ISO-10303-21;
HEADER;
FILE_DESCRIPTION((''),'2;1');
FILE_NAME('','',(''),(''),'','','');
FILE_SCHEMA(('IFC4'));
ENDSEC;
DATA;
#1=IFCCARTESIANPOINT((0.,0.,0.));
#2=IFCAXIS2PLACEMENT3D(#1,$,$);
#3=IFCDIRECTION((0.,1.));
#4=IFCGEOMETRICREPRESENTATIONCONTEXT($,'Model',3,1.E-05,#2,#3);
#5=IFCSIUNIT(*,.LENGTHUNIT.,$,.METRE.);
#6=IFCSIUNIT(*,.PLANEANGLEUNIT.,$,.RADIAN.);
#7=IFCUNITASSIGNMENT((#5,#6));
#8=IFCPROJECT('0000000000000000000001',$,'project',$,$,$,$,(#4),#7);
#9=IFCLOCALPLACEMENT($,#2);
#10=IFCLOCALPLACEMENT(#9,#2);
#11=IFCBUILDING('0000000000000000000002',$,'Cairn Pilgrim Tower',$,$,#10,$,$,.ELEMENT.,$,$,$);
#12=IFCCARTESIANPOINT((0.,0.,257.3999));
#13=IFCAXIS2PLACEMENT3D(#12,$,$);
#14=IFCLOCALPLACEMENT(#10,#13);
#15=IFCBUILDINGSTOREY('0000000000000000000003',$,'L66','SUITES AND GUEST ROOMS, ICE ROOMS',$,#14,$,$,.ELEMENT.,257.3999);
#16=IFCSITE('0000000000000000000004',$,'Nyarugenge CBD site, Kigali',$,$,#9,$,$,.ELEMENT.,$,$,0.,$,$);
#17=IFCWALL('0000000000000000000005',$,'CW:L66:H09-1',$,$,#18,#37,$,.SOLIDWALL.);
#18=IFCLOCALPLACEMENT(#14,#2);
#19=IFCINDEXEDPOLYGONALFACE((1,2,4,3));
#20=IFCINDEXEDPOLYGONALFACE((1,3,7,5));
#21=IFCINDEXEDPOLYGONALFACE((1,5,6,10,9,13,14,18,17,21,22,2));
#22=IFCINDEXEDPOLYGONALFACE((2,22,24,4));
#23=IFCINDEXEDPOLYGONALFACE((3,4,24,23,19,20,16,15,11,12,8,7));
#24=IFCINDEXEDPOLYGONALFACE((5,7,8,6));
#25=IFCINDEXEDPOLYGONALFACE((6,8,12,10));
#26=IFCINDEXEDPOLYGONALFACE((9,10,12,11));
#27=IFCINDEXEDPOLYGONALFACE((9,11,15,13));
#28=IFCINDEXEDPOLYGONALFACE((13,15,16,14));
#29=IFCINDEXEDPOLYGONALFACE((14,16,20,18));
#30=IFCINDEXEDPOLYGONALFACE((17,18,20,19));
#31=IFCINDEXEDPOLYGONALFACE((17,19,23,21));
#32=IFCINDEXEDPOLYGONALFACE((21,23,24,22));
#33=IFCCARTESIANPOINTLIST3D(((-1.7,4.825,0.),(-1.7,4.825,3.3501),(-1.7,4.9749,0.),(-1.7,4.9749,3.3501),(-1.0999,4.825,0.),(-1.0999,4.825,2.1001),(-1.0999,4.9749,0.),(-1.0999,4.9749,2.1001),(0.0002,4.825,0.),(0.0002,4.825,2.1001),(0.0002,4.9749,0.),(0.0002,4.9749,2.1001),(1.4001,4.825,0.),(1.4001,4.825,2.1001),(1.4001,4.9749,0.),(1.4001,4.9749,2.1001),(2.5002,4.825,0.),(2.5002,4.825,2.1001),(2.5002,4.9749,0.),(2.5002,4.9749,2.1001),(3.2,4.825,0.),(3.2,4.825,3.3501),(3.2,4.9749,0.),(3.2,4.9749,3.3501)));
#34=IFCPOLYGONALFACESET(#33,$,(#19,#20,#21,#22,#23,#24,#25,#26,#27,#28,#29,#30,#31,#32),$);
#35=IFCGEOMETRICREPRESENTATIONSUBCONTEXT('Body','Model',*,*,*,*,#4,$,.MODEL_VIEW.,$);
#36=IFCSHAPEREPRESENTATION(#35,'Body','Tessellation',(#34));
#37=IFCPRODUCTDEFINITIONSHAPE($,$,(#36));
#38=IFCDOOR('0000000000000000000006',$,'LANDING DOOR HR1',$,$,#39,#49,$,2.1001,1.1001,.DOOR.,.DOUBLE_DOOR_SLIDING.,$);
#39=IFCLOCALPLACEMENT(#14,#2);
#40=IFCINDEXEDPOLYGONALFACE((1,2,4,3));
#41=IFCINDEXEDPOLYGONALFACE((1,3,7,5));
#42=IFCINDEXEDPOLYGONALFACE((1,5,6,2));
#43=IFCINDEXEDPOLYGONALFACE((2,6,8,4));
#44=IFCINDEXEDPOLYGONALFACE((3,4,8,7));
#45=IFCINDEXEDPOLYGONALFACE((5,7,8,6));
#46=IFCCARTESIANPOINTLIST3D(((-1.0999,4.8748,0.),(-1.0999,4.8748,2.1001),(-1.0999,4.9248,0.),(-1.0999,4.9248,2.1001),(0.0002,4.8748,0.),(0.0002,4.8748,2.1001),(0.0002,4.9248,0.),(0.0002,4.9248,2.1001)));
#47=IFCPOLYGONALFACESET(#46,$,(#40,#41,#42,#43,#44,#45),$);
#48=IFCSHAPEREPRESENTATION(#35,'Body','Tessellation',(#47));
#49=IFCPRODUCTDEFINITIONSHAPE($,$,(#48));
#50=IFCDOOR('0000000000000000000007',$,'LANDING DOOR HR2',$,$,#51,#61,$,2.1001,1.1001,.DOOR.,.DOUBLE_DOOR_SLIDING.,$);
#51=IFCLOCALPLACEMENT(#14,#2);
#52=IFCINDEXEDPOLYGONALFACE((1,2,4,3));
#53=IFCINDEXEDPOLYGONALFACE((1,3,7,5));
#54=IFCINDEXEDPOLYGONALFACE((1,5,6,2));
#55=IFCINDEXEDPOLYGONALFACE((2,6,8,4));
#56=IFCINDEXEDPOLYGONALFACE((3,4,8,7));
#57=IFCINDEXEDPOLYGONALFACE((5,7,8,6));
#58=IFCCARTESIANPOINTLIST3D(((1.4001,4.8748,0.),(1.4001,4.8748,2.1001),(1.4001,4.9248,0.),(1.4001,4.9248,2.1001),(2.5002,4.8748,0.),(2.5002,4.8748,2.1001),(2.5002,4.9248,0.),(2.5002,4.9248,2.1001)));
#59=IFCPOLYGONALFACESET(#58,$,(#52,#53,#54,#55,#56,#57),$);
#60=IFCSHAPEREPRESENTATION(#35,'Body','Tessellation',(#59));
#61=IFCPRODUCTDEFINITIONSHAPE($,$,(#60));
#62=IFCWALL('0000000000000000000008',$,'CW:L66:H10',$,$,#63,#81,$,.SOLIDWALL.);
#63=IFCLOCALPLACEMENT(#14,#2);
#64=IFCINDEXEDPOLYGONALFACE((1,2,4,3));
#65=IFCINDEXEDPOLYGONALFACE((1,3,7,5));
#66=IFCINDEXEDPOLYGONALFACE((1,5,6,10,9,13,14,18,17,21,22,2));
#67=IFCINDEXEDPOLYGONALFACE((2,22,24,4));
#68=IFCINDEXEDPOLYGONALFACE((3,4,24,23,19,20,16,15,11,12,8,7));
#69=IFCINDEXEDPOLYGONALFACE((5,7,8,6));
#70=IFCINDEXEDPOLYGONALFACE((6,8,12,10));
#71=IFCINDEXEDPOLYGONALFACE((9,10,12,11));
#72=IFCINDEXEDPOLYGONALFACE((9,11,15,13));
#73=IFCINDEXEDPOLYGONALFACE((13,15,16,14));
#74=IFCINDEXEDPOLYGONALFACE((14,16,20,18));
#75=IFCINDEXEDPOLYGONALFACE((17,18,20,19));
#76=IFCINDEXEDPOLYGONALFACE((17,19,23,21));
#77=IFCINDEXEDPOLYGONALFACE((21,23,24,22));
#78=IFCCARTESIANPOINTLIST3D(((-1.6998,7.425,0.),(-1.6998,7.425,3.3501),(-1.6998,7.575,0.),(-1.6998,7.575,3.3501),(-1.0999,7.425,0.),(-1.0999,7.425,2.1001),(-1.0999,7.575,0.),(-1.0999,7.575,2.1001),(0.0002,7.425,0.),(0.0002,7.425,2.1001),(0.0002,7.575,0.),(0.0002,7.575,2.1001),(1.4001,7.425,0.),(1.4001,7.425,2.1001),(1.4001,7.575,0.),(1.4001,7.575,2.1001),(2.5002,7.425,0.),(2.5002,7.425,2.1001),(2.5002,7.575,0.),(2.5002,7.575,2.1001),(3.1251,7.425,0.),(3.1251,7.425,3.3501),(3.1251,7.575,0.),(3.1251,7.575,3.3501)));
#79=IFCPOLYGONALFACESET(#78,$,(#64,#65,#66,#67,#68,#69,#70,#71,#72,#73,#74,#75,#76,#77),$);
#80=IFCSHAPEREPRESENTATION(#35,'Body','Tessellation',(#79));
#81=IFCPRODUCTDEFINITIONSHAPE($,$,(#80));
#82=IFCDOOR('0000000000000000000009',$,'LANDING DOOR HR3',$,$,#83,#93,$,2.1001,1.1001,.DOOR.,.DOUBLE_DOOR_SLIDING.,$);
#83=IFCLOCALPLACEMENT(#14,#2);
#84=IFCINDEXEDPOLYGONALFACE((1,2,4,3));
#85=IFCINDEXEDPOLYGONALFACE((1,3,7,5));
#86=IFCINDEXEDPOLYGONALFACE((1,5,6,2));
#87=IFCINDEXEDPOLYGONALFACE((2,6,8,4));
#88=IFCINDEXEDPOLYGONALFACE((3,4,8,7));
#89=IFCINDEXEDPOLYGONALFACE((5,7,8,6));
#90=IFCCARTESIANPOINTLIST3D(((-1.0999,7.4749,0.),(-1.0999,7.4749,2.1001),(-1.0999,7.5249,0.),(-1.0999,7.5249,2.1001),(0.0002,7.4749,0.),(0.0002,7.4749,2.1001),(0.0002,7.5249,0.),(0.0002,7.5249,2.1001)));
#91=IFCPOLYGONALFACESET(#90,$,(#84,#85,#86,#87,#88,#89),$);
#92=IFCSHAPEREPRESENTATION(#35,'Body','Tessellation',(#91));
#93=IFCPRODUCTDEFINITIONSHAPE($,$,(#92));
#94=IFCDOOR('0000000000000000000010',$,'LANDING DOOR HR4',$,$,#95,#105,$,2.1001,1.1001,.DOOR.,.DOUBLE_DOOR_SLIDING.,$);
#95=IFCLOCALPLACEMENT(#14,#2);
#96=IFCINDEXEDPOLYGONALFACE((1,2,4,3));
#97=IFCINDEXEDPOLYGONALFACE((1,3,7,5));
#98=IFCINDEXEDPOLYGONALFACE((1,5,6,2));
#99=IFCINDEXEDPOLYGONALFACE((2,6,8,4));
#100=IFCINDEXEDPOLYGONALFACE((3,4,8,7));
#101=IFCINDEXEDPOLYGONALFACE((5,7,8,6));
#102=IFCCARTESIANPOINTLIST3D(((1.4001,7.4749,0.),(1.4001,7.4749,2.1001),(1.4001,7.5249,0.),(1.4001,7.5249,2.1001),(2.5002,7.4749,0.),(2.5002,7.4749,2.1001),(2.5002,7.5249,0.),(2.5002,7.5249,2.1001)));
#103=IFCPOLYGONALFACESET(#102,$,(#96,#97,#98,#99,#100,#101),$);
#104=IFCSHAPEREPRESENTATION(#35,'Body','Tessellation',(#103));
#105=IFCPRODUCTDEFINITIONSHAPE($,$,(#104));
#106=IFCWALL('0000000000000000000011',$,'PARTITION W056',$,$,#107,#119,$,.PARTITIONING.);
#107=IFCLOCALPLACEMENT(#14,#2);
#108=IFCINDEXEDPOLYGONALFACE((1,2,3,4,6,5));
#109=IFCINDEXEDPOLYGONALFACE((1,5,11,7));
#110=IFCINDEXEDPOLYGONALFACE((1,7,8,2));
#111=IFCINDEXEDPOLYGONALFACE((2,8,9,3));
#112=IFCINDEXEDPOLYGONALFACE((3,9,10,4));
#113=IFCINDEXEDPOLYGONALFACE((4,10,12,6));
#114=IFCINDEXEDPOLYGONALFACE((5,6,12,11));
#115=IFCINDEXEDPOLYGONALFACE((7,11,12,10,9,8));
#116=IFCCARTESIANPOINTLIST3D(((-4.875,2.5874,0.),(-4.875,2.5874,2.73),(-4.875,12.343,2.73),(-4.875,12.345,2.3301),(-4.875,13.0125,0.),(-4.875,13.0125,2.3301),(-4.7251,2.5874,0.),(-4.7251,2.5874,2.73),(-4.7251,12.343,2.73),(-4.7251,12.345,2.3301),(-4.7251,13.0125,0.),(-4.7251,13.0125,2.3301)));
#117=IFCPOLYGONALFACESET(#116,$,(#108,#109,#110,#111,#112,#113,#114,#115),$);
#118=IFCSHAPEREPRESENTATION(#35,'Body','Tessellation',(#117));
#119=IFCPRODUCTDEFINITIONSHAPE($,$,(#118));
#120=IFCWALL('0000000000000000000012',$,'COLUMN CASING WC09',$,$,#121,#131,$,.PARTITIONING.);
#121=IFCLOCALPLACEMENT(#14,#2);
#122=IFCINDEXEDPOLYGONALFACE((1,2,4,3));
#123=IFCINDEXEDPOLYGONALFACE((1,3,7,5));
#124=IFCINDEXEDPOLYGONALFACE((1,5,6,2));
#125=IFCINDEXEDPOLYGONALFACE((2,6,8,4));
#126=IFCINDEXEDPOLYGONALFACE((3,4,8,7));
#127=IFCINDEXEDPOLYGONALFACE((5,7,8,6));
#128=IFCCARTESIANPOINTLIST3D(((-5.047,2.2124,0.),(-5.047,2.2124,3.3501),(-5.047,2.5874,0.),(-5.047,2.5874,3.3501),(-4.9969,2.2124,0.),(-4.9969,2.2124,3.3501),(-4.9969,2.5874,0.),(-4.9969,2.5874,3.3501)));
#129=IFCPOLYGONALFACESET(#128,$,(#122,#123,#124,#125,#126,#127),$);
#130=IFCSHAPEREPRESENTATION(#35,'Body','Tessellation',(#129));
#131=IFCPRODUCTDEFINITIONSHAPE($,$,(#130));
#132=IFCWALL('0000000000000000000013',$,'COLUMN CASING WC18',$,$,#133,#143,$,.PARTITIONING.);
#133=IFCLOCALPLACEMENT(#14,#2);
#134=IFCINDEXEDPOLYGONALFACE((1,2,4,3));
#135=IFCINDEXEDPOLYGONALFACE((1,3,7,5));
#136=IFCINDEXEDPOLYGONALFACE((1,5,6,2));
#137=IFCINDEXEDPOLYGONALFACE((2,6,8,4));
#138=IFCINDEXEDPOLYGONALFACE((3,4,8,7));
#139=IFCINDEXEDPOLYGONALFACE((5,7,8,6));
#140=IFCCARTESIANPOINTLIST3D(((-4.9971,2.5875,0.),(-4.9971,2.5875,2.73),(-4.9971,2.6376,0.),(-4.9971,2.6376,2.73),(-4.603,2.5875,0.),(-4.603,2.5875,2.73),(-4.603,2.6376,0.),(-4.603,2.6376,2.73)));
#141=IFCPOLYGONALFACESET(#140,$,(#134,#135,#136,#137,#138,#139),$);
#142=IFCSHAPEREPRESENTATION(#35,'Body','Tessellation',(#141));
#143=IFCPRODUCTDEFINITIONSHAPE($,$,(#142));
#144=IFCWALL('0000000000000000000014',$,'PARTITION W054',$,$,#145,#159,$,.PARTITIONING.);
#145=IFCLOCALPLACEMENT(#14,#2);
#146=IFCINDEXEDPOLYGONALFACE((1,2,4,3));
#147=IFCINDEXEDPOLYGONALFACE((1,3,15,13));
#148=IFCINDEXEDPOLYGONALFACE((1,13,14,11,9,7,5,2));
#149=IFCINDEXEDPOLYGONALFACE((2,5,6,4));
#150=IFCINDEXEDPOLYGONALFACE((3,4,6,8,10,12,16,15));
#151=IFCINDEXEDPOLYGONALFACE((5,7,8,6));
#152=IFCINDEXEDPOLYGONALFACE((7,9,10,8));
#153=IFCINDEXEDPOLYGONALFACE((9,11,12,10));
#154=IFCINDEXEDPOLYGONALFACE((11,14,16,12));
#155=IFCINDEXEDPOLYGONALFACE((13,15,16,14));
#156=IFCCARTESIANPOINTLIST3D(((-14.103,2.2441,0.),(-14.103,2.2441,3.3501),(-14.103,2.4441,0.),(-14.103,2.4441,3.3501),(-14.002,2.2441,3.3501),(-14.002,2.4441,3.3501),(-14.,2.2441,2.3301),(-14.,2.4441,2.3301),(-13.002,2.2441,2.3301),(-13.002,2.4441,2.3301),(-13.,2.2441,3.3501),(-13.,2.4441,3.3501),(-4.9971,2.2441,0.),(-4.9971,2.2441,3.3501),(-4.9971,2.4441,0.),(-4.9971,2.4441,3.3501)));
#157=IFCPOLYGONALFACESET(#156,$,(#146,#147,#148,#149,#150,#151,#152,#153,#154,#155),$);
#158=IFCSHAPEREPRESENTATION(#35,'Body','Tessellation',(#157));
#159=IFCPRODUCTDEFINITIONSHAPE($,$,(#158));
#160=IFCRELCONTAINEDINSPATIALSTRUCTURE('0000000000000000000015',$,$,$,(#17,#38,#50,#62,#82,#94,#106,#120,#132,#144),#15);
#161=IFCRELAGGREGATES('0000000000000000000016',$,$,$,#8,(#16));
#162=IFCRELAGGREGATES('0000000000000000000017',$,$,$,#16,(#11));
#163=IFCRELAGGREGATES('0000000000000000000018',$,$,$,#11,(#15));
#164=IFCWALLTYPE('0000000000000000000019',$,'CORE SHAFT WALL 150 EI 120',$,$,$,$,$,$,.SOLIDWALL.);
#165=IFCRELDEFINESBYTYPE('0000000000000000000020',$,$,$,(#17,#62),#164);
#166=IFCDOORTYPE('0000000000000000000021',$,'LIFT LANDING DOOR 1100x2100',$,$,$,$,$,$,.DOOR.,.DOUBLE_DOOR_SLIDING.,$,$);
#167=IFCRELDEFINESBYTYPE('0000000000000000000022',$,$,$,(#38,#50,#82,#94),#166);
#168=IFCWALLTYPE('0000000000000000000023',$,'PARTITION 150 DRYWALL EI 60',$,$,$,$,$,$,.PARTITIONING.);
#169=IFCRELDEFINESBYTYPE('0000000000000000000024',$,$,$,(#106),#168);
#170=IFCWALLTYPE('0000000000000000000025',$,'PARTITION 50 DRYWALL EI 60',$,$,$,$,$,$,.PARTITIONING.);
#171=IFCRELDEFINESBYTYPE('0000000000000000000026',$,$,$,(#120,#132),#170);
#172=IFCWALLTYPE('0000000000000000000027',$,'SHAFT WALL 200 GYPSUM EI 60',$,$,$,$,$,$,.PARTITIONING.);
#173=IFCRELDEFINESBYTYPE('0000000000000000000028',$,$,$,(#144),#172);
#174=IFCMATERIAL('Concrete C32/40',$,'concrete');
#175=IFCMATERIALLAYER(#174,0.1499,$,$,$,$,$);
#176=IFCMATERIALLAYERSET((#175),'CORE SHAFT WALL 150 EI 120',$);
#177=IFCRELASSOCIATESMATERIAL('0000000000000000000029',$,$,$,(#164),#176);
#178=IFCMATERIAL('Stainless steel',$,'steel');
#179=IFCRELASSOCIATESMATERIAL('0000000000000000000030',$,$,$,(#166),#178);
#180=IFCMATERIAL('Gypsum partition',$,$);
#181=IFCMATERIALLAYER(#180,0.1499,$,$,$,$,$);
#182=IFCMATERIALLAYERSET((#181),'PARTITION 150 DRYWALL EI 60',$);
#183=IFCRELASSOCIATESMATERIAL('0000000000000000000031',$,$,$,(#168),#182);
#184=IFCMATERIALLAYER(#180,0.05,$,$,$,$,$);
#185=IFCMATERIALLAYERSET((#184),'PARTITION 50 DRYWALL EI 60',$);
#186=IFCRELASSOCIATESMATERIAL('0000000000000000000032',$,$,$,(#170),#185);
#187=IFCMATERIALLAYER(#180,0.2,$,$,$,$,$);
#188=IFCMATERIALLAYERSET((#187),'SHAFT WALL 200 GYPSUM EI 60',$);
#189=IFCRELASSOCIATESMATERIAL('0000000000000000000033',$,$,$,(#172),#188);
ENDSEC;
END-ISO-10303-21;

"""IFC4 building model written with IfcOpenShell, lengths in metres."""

from ifc_helpers import new_model, si_unit, direction, frame, frame_2d, origin, place, context, subcontext, project, spatial, polyline, rectangle, outline, extrude, material, layer, layer_set, type_object, element, fill, save


model = new_model("IFC4")

# Units and contexts
model_context = context("Model", 3, precision=1e-05, world=origin(), true_north=direction((0.0, 1.0)))
body_context = subcontext(model_context, "Body", "Model", "MODEL_VIEW")
ifc_project = project(units=[si_unit("LENGTHUNIT", "METRE"), si_unit("PLANEANGLEUNIT", "RADIAN")], contexts=[model_context])

# Site, building, storey
site_placement = place(None, origin())
site = spatial("IfcSite", under=ifc_project, at=site_placement, Name="Nyarugenge CBD site, Kigali", CompositionType="ELEMENT", RefElevation=0.0)
building_placement = place(site_placement, origin())
building = spatial("IfcBuilding", under=site, at=building_placement, Name="Cairn Pilgrim Tower", CompositionType="ELEMENT")
storey_placement = place(building_placement, frame((0.0, 0.0, 257.3999)))
storey = spatial("IfcBuildingStorey", under=building, at=storey_placement, Name="L66", Description="SUITES AND GUEST ROOMS, ICE ROOMS", CompositionType="ELEMENT", Elevation=257.3999)

# Shared definitions
ifc_material_1 = material(Name="Concrete C32/40", Category="concrete")

# Shared definitions
ifc_layer_1 = layer(ifc_material_1, 0.1499)
ifc_layer_set_1 = layer_set([ifc_layer_1], Name="CORE SHAFT WALL 150 EI 120")
wall_type_1 = type_object("IfcWallType", Name="CORE SHAFT WALL 150 EI 120", PredefinedType="SOLIDWALL", material=ifc_layer_set_1)

# Walls, openings, doors
wall_1_placement = place(storey_placement, frame((-1.7, 4.8999, 0.0), z_axis=(0.0, 0.0, 1.0), x_axis=(1.0, 0.0, 0.0)))
wall_1 = element("IfcWall", 1, at=wall_1_placement, inside=storey, type_object=wall_type_1, Name="CW:L66:H09-1", PredefinedType="SOLIDWALL", context=body_context, shape_type="SweptSolid", body=[
    extrude(rectangle(XDim=4.8999, YDim=0.1499, at=frame_2d((2.45, 0.0))), origin(), (0.0, 0.0, 1.0), 3.3501),
])
opening_1_placement = place(wall_1_placement, frame((0.6001, 0.0, 0.0)))
opening_1 = element("IfcOpeningElement", 2, at=opening_1_placement, cuts=wall_1, PredefinedType="OPENING", context=body_context, shape_type="SweptSolid", body=[
    extrude(rectangle(XDim=1.1001, YDim=2.1001, at=frame_2d((0.55, 1.05))), frame((0.0, 0.085, 0.0), z_axis=(0.0, -1.0, 0.0), x_axis=(1.0, 0.0, 0.0)), (0.0, 0.0, 1.0), 0.1699),
])
opening_2_placement = place(wall_1_placement, frame((3.1001, 0.0, 0.0)))
opening_2 = element("IfcOpeningElement", 3, at=opening_2_placement, cuts=wall_1, PredefinedType="OPENING", context=body_context, shape_type="SweptSolid", body=[
    extrude(rectangle(XDim=1.1001, YDim=2.1001, at=frame_2d((0.55, 1.05))), frame((0.0, 0.085, 0.0), z_axis=(0.0, -1.0, 0.0), x_axis=(1.0, 0.0, 0.0)), (0.0, 0.0, 1.0), 0.1699),
])
ifc_material_2 = material(Name="Stainless steel", Category="steel")
door_type = type_object("IfcDoorType", Name="LIFT LANDING DOOR 1100x2100", OperationType="DOUBLE_DOOR_SLIDING", PredefinedType="DOOR", material=ifc_material_2)
door_1_placement = place(opening_1_placement, origin())
door_1 = element("IfcDoor", 4, at=door_1_placement, inside=storey, type_object=door_type, Name="LANDING DOOR HR1", OperationType="DOUBLE_DOOR_SLIDING", OverallHeight=2.1001, OverallWidth=1.1001, PredefinedType="DOOR", context=body_context, shape_type="SweptSolid", body=[
    extrude(rectangle(XDim=1.1001, YDim=2.1001, at=frame_2d((0.55, 1.05))), frame((0.0, 0.0249, 0.0), z_axis=(0.0, -1.0, 0.0), x_axis=(1.0, 0.0, 0.0)), (0.0, 0.0, 1.0), 0.05),
])
fill(opening_1, door_1)
door_2_placement = place(opening_2_placement, origin())
door_2 = element("IfcDoor", 5, at=door_2_placement, inside=storey, type_object=door_type, Name="LANDING DOOR HR2", OperationType="DOUBLE_DOOR_SLIDING", OverallHeight=2.1001, OverallWidth=1.1001, PredefinedType="DOOR", context=body_context, shape_type="SweptSolid", body=[
    extrude(rectangle(XDim=1.1001, YDim=2.1001, at=frame_2d((0.55, 1.05))), frame((0.0, 0.0249, 0.0), z_axis=(0.0, -1.0, 0.0), x_axis=(1.0, 0.0, 0.0)), (0.0, 0.0, 1.0), 0.05),
])
fill(opening_2, door_2)
wall_2_placement = place(storey_placement, frame((-1.7, 7.5, 0.0), z_axis=(0.0, 0.0, 1.0), x_axis=(1.0, 0.0, 0.0)))
wall_2 = element("IfcWall", 6, at=wall_2_placement, inside=storey, type_object=wall_type_1, Name="CW:L66:H10", PredefinedType="SOLIDWALL", context=body_context, shape_type="SweptSolid", body=[
    extrude(rectangle(XDim=4.825, YDim=0.1499, at=frame_2d((2.4126, 0.0))), origin(), (0.0, 0.0, 1.0), 3.3501),
])
opening_3_placement = place(wall_2_placement, frame((0.6001, 0.0, 0.0)))
opening_3 = element("IfcOpeningElement", 7, at=opening_3_placement, cuts=wall_2, PredefinedType="OPENING", context=body_context, shape_type="SweptSolid", body=[
    extrude(rectangle(XDim=1.1001, YDim=2.1001, at=frame_2d((0.55, 1.05))), frame((0.0, 0.085, 0.0), z_axis=(0.0, -1.0, 0.0), x_axis=(1.0, 0.0, 0.0)), (0.0, 0.0, 1.0), 0.1699),
])
opening_4_placement = place(wall_2_placement, frame((3.1001, 0.0, 0.0)))
opening_4 = element("IfcOpeningElement", 8, at=opening_4_placement, cuts=wall_2, PredefinedType="OPENING", context=body_context, shape_type="SweptSolid", body=[
    extrude(rectangle(XDim=1.1001, YDim=2.1001, at=frame_2d((0.55, 1.05))), frame((0.0, 0.085, 0.0), z_axis=(0.0, -1.0, 0.0), x_axis=(1.0, 0.0, 0.0)), (0.0, 0.0, 1.0), 0.1699),
])
door_3_placement = place(opening_3_placement, origin())
door_3 = element("IfcDoor", 9, at=door_3_placement, inside=storey, type_object=door_type, Name="LANDING DOOR HR3", OperationType="DOUBLE_DOOR_SLIDING", OverallHeight=2.1001, OverallWidth=1.1001, PredefinedType="DOOR", context=body_context, shape_type="SweptSolid", body=[
    extrude(rectangle(XDim=1.1001, YDim=2.1001, at=frame_2d((0.55, 1.05))), frame((0.0, 0.0249, 0.0), z_axis=(0.0, -1.0, 0.0), x_axis=(1.0, 0.0, 0.0)), (0.0, 0.0, 1.0), 0.05),
])
fill(opening_3, door_3)
door_4_placement = place(opening_4_placement, origin())
door_4 = element("IfcDoor", 10, at=door_4_placement, inside=storey, type_object=door_type, Name="LANDING DOOR HR4", OperationType="DOUBLE_DOOR_SLIDING", OverallHeight=2.1001, OverallWidth=1.1001, PredefinedType="DOOR", context=body_context, shape_type="SweptSolid", body=[
    extrude(rectangle(XDim=1.1001, YDim=2.1001, at=frame_2d((0.55, 1.05))), frame((0.0, 0.0249, 0.0), z_axis=(0.0, -1.0, 0.0), x_axis=(1.0, 0.0, 0.0)), (0.0, 0.0, 1.0), 0.05),
])
fill(opening_4, door_4)

# Walls
ifc_material_3 = material(Name="Gypsum partition")
ifc_layer_2 = layer(ifc_material_3, 0.1499)
ifc_layer_set_2 = layer_set([ifc_layer_2], Name="PARTITION 150 DRYWALL EI 60")
wall_type_2 = type_object("IfcWallType", Name="PARTITION 150 DRYWALL EI 60", PredefinedType="PARTITIONING", material=ifc_layer_set_2)
wall_3_placement = place(storey_placement, frame((-4.8, 2.5874, 0.0), z_axis=(0.0, 0.0, 1.0), x_axis=(0.0, 1.0, 0.0)))
element("IfcWall", 11, at=wall_3_placement, inside=storey, type_object=wall_type_2, Name="PARTITION W056", PredefinedType="PARTITIONING", context=body_context, shape_type="SweptSolid", body=[
    extrude(outline(polyline([(0.0, 0.0), (10.425, 0.0), (10.425, 2.3301), (9.7576, 2.3301), (9.7556, 2.73), (0.0, 2.73), (0.0, 0.0)])), frame((0.0, 0.075, 0.0), z_axis=(0.0, -1.0, 0.0), x_axis=(1.0, 0.0, 0.0)), (0.0, 0.0, 1.0), 0.1499),
])
ifc_layer_3 = layer(ifc_material_3, 0.05)
ifc_layer_set_3 = layer_set([ifc_layer_3], Name="PARTITION 50 DRYWALL EI 60")
wall_type_3 = type_object("IfcWallType", Name="PARTITION 50 DRYWALL EI 60", PredefinedType="PARTITIONING", material=ifc_layer_set_3)
wall_4_placement = place(storey_placement, frame((-5.022, 2.2124, 0.0), z_axis=(0.0, 0.0, 1.0), x_axis=(0.0, 1.0, 0.0)))
element("IfcWall", 12, at=wall_4_placement, inside=storey, type_object=wall_type_3, Name="COLUMN CASING WC09", PredefinedType="PARTITIONING", context=body_context, shape_type="SweptSolid", body=[
    extrude(rectangle(XDim=0.375, YDim=0.05, at=frame_2d((0.1875, 0.0))), origin(), (0.0, 0.0, 1.0), 3.3501),
])
wall_5_placement = place(storey_placement, frame((-4.9971, 2.6125, 0.0), z_axis=(0.0, 0.0, 1.0), x_axis=(1.0, 0.0, 0.0)))
element("IfcWall", 13, at=wall_5_placement, inside=storey, type_object=wall_type_3, Name="COLUMN CASING WC18", PredefinedType="PARTITIONING", context=body_context, shape_type="SweptSolid", body=[
    extrude(rectangle(XDim=0.394, YDim=0.05, at=frame_2d((0.197, 0.0))), origin(), (0.0, 0.0, 1.0), 2.73),
])
ifc_layer_4 = layer(ifc_material_3, 0.2)
ifc_layer_set_4 = layer_set([ifc_layer_4], Name="SHAFT WALL 200 GYPSUM EI 60")
wall_type_4 = type_object("IfcWallType", Name="SHAFT WALL 200 GYPSUM EI 60", PredefinedType="PARTITIONING", material=ifc_layer_set_4)
wall_6_placement = place(storey_placement, frame((-14.103, 2.344, 0.0), z_axis=(0.0, 0.0, 1.0), x_axis=(1.0, 0.0, 0.0)))
element("IfcWall", 14, at=wall_6_placement, inside=storey, type_object=wall_type_4, Name="PARTITION W054", PredefinedType="PARTITIONING", context=body_context, shape_type="SweptSolid", body=[
    extrude(outline(polyline([(0.0, 0.0), (9.106, 0.0), (9.106, 3.3501), (1.103, 3.3501), (1.1011, 2.3301), (0.103, 2.3301), (0.1011, 3.3501), (0.0, 3.3501), (0.0, 0.0)])), frame((0.0, 0.1001, 0.0), z_axis=(0.0, -1.0, 0.0), x_axis=(1.0, 0.0, 0.0)), (0.0, 0.0, 1.0), 0.2),
])

save(model, "model.ifc")
